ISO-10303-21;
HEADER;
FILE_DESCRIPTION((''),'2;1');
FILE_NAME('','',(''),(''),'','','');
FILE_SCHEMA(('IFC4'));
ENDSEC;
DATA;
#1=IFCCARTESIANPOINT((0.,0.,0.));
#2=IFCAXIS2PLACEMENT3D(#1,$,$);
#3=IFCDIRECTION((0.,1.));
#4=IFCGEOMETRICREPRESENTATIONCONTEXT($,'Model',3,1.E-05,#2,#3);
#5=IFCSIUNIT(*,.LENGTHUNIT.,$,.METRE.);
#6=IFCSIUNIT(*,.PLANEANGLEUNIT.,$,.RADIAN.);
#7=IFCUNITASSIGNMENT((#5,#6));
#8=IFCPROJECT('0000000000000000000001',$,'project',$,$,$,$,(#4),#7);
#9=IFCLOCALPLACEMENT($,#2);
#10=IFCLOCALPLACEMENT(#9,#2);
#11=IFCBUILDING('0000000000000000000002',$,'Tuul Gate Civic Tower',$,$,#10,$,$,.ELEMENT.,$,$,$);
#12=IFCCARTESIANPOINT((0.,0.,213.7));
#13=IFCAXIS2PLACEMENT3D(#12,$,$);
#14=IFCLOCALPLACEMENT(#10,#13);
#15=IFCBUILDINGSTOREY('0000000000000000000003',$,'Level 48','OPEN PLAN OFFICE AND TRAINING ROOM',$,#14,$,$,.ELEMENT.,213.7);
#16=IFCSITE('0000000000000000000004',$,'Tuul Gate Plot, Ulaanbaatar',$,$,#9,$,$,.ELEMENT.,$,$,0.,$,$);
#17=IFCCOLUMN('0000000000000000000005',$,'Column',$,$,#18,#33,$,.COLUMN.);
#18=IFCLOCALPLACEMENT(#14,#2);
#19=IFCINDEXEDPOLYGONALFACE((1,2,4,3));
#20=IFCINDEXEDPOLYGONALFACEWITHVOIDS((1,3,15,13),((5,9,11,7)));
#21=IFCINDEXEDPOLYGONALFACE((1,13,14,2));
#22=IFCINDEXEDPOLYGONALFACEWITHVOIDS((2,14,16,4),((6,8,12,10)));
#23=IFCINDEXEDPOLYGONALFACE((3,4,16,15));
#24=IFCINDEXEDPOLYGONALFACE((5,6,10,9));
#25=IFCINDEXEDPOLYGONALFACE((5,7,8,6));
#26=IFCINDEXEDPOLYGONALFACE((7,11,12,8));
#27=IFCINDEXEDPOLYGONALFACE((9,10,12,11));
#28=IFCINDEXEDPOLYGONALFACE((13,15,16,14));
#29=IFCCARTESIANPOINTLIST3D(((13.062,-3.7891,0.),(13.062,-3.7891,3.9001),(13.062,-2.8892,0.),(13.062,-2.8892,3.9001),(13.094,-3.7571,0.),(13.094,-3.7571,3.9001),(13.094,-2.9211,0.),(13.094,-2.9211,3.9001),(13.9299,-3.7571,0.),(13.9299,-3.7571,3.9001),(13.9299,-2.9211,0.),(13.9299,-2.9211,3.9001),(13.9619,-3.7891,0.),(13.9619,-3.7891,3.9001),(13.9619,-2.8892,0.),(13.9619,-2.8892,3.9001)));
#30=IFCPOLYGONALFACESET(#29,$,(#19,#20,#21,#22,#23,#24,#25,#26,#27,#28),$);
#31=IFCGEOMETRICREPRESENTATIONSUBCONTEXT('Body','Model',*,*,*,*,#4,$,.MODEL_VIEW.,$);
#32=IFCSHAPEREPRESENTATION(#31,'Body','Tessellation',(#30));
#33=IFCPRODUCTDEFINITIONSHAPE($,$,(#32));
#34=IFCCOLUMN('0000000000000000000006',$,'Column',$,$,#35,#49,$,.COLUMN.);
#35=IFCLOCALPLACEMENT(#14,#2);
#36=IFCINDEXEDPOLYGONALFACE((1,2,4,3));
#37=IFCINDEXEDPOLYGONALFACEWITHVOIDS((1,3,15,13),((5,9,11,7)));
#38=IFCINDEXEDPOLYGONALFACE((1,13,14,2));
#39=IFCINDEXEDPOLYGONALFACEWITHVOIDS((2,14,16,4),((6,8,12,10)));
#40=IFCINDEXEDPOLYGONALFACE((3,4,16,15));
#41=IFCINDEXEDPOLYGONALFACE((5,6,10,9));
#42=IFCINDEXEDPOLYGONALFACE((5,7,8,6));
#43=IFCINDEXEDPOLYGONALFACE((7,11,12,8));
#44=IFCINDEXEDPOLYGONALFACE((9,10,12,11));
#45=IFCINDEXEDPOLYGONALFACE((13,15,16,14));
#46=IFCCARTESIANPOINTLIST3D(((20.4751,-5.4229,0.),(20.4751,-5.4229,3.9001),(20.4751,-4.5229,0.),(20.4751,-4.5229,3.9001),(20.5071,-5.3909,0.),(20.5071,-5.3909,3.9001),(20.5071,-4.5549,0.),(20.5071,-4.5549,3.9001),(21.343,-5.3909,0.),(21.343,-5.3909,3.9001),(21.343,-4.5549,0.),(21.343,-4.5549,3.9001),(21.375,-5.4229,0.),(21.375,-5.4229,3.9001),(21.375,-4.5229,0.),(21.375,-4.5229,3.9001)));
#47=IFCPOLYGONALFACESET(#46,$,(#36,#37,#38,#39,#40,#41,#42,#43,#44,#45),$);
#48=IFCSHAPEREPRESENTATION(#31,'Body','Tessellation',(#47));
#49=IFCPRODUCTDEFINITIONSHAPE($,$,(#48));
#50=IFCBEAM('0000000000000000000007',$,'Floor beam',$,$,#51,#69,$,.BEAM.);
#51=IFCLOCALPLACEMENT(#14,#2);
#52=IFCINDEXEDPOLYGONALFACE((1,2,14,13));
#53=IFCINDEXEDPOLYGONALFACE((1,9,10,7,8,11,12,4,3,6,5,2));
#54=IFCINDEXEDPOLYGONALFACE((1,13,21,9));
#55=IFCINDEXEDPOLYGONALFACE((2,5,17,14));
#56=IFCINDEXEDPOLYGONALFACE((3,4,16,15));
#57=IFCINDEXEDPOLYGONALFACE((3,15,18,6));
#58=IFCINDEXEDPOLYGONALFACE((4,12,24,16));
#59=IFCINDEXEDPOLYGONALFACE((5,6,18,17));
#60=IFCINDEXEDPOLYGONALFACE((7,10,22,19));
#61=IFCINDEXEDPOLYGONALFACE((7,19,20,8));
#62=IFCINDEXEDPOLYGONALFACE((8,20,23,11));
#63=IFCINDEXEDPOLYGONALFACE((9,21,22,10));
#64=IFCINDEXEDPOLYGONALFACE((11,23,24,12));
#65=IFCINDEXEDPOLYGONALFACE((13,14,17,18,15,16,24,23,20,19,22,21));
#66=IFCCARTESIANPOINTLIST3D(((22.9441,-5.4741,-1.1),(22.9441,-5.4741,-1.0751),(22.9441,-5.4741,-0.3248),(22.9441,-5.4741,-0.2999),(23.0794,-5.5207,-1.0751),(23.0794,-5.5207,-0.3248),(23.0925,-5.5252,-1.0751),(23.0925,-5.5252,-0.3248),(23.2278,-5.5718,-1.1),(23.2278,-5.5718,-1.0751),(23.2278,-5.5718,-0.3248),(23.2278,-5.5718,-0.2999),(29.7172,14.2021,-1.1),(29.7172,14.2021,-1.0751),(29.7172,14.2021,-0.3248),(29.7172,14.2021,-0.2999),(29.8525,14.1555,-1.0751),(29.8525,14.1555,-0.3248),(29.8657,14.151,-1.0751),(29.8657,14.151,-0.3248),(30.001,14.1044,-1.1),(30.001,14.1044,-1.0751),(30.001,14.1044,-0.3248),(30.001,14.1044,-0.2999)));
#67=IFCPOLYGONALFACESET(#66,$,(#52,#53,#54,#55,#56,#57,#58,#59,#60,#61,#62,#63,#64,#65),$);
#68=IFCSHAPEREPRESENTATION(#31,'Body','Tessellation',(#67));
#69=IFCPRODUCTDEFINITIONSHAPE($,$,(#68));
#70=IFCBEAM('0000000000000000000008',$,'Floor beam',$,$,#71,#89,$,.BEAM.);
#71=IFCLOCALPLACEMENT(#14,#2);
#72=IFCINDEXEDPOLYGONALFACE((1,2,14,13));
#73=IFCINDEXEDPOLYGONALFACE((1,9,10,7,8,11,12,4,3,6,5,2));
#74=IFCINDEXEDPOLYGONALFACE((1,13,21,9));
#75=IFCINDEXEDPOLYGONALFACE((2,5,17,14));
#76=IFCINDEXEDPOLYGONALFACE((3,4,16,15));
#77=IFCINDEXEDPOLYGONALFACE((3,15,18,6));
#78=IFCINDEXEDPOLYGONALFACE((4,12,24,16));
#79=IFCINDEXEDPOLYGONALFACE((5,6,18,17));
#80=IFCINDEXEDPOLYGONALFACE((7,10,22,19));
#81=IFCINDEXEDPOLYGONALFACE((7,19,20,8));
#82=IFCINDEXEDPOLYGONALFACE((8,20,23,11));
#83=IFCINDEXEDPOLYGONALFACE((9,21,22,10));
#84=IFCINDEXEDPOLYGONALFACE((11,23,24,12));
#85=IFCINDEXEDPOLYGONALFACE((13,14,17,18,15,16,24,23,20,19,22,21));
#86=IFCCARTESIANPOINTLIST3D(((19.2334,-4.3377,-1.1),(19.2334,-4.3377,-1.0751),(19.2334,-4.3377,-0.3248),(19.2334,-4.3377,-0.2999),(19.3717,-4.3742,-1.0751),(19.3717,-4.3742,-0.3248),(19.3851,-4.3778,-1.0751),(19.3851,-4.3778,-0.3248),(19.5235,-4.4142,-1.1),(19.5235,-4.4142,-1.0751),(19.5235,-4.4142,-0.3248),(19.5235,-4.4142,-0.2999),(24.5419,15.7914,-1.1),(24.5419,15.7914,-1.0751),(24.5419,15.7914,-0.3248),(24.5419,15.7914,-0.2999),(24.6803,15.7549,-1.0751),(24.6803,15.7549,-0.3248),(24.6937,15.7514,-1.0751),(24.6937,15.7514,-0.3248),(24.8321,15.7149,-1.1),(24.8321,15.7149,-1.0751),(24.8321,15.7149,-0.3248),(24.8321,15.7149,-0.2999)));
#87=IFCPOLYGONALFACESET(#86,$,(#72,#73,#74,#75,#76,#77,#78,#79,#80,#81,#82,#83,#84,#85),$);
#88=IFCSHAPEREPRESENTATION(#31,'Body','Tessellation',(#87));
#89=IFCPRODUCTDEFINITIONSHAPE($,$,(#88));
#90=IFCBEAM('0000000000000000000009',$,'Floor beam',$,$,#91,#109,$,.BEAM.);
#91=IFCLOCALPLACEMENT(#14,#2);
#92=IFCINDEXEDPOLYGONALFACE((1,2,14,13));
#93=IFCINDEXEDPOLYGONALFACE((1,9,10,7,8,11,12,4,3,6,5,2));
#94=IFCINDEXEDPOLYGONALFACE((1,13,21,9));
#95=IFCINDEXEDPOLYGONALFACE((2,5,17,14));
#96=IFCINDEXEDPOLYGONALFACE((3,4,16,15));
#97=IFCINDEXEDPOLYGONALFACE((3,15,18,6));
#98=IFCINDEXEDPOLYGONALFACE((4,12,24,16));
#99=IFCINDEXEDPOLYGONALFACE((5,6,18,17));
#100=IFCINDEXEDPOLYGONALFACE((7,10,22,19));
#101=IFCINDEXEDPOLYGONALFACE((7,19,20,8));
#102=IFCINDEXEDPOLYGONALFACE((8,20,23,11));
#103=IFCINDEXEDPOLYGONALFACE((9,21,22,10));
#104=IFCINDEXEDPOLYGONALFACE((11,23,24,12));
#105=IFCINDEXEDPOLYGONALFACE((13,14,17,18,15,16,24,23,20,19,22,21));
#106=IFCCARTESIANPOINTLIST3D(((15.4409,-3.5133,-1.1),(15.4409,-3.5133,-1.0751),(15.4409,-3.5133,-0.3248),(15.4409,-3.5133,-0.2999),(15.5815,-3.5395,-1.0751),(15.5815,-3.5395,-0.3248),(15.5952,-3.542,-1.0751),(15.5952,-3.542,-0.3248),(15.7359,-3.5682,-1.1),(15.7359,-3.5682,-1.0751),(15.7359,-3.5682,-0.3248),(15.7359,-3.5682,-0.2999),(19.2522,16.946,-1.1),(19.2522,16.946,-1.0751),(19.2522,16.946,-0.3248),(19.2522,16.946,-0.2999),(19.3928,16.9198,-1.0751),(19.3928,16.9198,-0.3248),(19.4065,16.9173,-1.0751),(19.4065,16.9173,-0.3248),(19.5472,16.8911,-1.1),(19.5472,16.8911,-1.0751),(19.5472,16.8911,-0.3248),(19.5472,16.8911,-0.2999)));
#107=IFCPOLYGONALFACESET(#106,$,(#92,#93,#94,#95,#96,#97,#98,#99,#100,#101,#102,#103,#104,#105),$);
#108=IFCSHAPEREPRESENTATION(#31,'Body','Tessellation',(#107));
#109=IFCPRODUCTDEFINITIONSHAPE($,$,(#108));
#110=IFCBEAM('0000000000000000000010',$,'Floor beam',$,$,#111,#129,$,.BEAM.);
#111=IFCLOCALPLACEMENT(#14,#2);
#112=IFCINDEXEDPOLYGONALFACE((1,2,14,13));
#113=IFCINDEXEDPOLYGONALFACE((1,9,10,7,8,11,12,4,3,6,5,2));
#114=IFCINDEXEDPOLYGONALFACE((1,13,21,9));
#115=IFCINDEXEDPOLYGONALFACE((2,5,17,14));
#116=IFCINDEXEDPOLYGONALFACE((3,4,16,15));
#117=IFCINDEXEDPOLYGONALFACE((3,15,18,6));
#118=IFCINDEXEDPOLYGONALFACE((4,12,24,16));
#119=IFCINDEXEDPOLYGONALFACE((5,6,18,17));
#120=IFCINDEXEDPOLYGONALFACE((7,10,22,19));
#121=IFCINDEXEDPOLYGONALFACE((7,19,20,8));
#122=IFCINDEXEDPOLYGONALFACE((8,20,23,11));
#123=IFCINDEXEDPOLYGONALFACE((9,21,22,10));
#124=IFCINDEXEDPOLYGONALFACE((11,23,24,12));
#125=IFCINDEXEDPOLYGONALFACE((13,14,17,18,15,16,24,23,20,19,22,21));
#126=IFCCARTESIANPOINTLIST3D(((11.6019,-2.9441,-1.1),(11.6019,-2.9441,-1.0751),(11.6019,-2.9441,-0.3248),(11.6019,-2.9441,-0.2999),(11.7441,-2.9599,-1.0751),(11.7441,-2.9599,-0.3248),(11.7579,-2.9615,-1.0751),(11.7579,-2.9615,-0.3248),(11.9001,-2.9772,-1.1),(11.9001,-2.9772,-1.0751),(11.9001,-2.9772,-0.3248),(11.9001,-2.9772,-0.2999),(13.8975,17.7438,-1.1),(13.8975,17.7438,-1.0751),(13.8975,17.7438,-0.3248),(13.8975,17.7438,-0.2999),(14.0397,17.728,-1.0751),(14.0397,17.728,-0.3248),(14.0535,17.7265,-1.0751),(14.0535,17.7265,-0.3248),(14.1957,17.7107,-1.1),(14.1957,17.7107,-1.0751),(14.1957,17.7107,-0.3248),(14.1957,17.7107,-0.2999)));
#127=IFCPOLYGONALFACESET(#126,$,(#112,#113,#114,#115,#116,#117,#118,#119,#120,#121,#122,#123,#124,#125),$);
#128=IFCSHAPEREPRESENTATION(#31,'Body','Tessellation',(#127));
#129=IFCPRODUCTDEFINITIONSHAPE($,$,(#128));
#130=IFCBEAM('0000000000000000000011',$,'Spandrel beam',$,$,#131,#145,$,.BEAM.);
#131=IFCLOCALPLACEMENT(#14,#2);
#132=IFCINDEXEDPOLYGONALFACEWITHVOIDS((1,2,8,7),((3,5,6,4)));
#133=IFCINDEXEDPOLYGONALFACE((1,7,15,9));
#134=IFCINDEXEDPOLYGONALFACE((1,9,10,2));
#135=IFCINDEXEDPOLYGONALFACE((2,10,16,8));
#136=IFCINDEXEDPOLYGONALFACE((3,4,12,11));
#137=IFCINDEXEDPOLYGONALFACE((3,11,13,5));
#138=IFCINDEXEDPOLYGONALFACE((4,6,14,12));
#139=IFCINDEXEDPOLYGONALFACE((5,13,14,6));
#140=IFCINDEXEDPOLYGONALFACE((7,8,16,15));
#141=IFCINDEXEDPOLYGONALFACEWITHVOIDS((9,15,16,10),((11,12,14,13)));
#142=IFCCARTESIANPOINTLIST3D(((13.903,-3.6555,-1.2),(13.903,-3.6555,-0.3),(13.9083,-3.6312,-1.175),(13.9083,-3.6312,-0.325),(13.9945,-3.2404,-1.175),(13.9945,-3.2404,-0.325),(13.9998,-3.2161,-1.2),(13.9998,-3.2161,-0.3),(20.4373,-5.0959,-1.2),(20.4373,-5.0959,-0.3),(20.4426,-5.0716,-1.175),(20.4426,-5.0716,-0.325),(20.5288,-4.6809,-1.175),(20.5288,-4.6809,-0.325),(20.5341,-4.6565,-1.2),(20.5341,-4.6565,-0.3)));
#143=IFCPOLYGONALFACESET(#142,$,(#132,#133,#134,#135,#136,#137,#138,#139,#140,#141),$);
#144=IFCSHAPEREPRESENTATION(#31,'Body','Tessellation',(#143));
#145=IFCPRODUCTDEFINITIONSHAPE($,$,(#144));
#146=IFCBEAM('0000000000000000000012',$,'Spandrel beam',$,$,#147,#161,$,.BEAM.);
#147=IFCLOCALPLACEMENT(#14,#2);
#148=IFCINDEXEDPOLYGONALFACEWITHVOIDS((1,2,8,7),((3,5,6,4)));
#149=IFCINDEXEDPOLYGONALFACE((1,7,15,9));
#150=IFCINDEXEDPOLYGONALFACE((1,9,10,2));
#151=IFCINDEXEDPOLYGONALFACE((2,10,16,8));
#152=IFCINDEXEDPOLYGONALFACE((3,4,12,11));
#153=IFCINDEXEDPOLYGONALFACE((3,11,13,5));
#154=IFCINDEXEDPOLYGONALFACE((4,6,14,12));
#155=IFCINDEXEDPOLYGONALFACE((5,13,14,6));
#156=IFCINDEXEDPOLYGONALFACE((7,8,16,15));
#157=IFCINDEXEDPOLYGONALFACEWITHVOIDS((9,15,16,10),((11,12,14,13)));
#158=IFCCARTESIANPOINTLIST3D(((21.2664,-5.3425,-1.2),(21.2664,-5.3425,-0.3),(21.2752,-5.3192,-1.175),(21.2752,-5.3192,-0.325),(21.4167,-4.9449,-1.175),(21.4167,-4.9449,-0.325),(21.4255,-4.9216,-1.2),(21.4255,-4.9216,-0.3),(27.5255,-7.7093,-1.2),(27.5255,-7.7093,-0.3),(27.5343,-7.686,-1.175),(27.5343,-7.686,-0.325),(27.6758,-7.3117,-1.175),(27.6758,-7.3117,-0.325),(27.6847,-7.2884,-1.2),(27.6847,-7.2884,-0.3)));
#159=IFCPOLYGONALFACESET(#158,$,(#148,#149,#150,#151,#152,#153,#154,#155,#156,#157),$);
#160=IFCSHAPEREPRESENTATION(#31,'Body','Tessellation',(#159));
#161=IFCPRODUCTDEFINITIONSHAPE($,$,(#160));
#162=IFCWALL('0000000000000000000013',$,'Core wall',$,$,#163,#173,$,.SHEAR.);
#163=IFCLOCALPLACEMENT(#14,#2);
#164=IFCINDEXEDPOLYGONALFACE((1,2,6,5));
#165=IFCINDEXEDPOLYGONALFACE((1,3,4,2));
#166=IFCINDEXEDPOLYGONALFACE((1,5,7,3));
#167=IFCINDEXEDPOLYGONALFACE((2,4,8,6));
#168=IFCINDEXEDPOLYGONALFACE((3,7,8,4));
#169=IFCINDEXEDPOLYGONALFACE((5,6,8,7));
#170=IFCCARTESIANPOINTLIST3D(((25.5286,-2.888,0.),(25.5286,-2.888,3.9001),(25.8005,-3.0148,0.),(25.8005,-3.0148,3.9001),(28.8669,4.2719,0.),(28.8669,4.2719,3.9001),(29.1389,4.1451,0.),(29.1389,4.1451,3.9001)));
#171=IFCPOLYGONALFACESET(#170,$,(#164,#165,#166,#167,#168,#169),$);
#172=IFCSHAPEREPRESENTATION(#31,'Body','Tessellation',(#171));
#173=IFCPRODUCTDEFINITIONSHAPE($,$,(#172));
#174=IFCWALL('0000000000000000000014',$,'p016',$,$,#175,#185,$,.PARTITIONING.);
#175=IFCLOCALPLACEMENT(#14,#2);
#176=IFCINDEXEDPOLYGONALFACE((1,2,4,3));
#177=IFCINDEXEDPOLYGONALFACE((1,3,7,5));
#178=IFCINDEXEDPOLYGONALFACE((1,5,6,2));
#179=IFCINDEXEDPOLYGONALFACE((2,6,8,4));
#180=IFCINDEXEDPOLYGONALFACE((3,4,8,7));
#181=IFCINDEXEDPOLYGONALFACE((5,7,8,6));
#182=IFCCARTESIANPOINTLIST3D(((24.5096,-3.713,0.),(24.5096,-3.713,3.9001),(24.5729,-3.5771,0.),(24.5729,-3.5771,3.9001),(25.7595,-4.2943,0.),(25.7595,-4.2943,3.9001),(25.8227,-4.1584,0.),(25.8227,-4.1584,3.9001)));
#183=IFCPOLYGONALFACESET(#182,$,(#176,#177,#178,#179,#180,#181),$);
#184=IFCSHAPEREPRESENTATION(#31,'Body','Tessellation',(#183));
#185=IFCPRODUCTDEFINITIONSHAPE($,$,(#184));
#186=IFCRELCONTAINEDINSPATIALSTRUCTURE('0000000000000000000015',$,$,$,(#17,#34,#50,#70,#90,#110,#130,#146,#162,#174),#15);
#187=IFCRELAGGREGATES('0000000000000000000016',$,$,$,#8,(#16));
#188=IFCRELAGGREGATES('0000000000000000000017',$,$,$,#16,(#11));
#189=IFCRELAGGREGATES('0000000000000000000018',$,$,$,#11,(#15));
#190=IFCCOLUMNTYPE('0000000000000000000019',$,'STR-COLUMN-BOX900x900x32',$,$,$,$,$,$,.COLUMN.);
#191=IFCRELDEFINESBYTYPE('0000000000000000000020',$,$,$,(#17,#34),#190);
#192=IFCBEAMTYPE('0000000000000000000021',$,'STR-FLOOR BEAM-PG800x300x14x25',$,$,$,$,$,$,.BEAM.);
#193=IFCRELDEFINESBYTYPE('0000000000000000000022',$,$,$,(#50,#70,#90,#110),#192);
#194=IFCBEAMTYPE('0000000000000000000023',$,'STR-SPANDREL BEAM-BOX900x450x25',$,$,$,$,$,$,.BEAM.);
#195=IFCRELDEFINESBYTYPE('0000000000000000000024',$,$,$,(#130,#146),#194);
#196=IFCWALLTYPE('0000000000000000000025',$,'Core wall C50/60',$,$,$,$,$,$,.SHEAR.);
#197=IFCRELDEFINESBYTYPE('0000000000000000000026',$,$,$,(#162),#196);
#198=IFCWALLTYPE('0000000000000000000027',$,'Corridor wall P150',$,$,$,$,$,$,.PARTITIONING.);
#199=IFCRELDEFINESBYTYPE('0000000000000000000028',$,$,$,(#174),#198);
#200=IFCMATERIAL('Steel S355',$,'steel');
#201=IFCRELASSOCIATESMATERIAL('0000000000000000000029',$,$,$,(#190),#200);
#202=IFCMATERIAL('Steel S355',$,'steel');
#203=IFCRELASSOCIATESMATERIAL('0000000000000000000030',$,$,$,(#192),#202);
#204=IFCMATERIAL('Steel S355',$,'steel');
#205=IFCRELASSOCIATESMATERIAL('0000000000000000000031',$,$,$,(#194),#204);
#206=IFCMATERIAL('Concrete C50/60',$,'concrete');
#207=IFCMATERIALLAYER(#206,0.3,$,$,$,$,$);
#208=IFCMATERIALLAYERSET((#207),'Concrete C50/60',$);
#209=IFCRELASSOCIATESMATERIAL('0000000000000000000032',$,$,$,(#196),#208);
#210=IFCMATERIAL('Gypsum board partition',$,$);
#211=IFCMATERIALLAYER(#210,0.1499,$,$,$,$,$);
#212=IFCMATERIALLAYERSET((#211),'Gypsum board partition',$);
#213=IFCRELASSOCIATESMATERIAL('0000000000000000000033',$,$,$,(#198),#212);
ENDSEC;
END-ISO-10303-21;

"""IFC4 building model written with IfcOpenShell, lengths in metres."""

from ifc_helpers import new_model, si_unit, direction, frame, frame_2d, origin, origin_2d, place, context, subcontext, project, spatial, rectangle, hollow_rectangle, i_section, extrude, material, layer, layer_set, material_profile, profile_set, type_object, element, save


model = new_model("IFC4")

# Units and contexts
model_context = context("Model", 3, precision=1e-05, world=origin(), true_north=direction((0.0, 1.0)))
body_context = subcontext(model_context, "Body", "Model", "MODEL_VIEW")
ifc_project = project(units=[si_unit("LENGTHUNIT", "METRE"), si_unit("PLANEANGLEUNIT", "RADIAN")], contexts=[model_context])

# Site, building, storey
site_placement = place(None, origin())
site = spatial("IfcSite", under=ifc_project, at=site_placement, Name="Tuul Gate Plot, Ulaanbaatar", CompositionType="ELEMENT", RefElevation=0.0)
building_placement = place(site_placement, origin())
building = spatial("IfcBuilding", under=site, at=building_placement, Name="Tuul Gate Civic Tower", CompositionType="ELEMENT")
storey_placement = place(building_placement, frame((0.0, 0.0, 213.7)))
storey = spatial("IfcBuildingStorey", under=building, at=storey_placement, Name="Level 48", Description="OPEN PLAN OFFICE AND TRAINING ROOM", CompositionType="ELEMENT", Elevation=213.7)

# Columns
ifc_material_1 = material(Name="Steel S355", Category="steel")
ifc_material_profile_1 = material_profile(ifc_material_1, hollow_rectangle(XDim=0.8999, YDim=0.8999, WallThickness=0.032, at=origin_2d()), Name="BOX900x900x32")
ifc_profile_set_1 = profile_set([ifc_material_profile_1], Name="Steel S355")
column_type = type_object("IfcColumnType", Name="STR-COLUMN-BOX900x900x32", PredefinedType="COLUMN", material=ifc_profile_set_1)
for number, where, z_axis, x_axis, name in (
    (1, (13.512, -3.3391, 0.0), (0.0, 0.0, 1.0), (1.0, 0.0, 0.0), "Column"),
    (2, (20.925, -4.9729, 0.0), (0.0, 0.0, 1.0), (1.0, 0.0, 0.0), "Column"),
):
    element("IfcColumn", number, at=place(storey_placement, frame(where, z_axis=z_axis, x_axis=x_axis)), inside=storey, type_object=column_type, Name=name, PredefinedType="COLUMN", context=body_context, shape_type="SweptSolid", body=[
        extrude(hollow_rectangle(XDim=0.8999, YDim=0.8999, WallThickness=0.032, at=origin_2d()), origin(), (0.0, 0.0, 1.0), 3.9001),
    ])

# Beams
ifc_material_2 = material(Name="Steel S355", Category="steel")
ifc_material_profile_2 = material_profile(ifc_material_2, i_section(OverallWidth=0.3, OverallDepth=0.8, WebThickness=0.0139, FlangeThickness=0.0249, at=origin_2d()), Name="PG800x300x14x25")
ifc_profile_set_2 = profile_set([ifc_material_profile_2], Name="Steel S355")
beam_type_1 = type_object("IfcBeamType", Name="STR-FLOOR BEAM-PG800x300x14x25", PredefinedType="BEAM", material=ifc_profile_set_2)
beam_1_placement = place(storey_placement, frame((23.0859, -5.5229, -0.7), z_axis=(0.325487, 0.945547, 0.0), x_axis=(-0.945547, 0.325487, 0.0)))
element("IfcBeam", 3, at=beam_1_placement, inside=storey, type_object=beam_type_1, Name="Floor beam", PredefinedType="BEAM", context=body_context, shape_type="SweptSolid", body=[
    extrude(i_section(OverallWidth=0.3, OverallDepth=0.8, WebThickness=0.0139, FlangeThickness=0.0249, at=origin_2d()), origin(), (0.0, 0.0, 1.0), 20.8093),
])
beam_2_placement = place(storey_placement, frame((19.3784, -4.376, -0.7), z_axis=(0.255008, 0.966939, 0.0), x_axis=(-0.966939, 0.255008, 0.0)))
element("IfcBeam", 4, at=beam_2_placement, inside=storey, type_object=beam_type_1, Name="Floor beam", PredefinedType="BEAM", context=body_context, shape_type="SweptSolid", body=[
    extrude(i_section(OverallWidth=0.3, OverallDepth=0.8, WebThickness=0.0139, FlangeThickness=0.0249, at=origin_2d()), origin(), (0.0, 0.0, 1.0), 20.8174),
])
beam_3_placement = place(storey_placement, frame((15.5884, -3.5408, -0.7), z_axis=(0.183136, 0.983088, 0.0), x_axis=(-0.983088, 0.183136, 0.0)))
element("IfcBeam", 5, at=beam_3_placement, inside=storey, type_object=beam_type_1, Name="Floor beam", PredefinedType="BEAM", context=body_context, shape_type="SweptSolid", body=[
    extrude(i_section(OverallWidth=0.3, OverallDepth=0.8, WebThickness=0.0139, FlangeThickness=0.0249, at=origin_2d()), origin(), (0.0, 0.0, 1.0), 20.8113),
])
beam_4_placement = place(storey_placement, frame((11.751, -2.9607, -0.7), z_axis=(0.110289, 0.9939, 0.0), x_axis=(-0.9939, 0.110289, 0.0)))
element("IfcBeam", 6, at=beam_4_placement, inside=storey, type_object=beam_type_1, Name="Floor beam", PredefinedType="BEAM", context=body_context, shape_type="SweptSolid", body=[
    extrude(i_section(OverallWidth=0.3, OverallDepth=0.8, WebThickness=0.0139, FlangeThickness=0.0249, at=origin_2d()), origin(), (0.0, 0.0, 1.0), 20.8149),
])
ifc_material_3 = material(Name="Steel S355", Category="steel")
ifc_material_profile_3 = material_profile(ifc_material_3, hollow_rectangle(XDim=0.45, YDim=0.8999, WallThickness=0.0249, at=origin_2d()), Name="BOX900x450x25")
ifc_profile_set_3 = profile_set([ifc_material_profile_3], Name="Steel S355")
beam_type_2 = type_object("IfcBeamType", Name="STR-SPANDREL BEAM-BOX900x450x25", PredefinedType="BEAM", material=ifc_profile_set_3)
beam_5_placement = place(storey_placement, frame((13.9514, -3.4358, -0.75), z_axis=(0.976553, -0.215277, 0.0), x_axis=(0.215277, 0.976553, 0.0)))
element("IfcBeam", 7, at=beam_5_placement, inside=storey, type_object=beam_type_2, Name="Spandrel beam", PredefinedType="BEAM", context=body_context, shape_type="SweptSolid", body=[
    extrude(hollow_rectangle(XDim=0.45, YDim=0.8999, WallThickness=0.0249, at=origin_2d()), origin(), (0.0, 0.0, 1.0), 6.6912),
])
beam_6_placement = place(storey_placement, frame((21.3459, -5.1321, -0.75), z_axis=(0.935365, -0.353685, 0.0), x_axis=(0.353685, 0.935365, 0.0)))
element("IfcBeam", 8, at=beam_6_placement, inside=storey, type_object=beam_type_2, Name="Spandrel beam", PredefinedType="BEAM", context=body_context, shape_type="SweptSolid", body=[
    extrude(hollow_rectangle(XDim=0.45, YDim=0.8999, WallThickness=0.0249, at=origin_2d()), origin(), (0.0, 0.0, 1.0), 6.6917),
])

# Walls
ifc_material_4 = material(Name="Concrete C50/60", Category="concrete")
ifc_layer_1 = layer(ifc_material_4, 0.3)
ifc_layer_set_1 = layer_set([ifc_layer_1], Name="Concrete C50/60")
wall_type_1 = type_object("IfcWallType", Name="Core wall C50/60", PredefinedType="SHEAR", material=ifc_layer_set_1)
wall_1_placement = place(storey_placement, frame((25.6646, -2.9514, 0.0), z_axis=(0.0, 0.0, 1.0), x_axis=(0.422583, 0.906324, 0.0)))
element("IfcWall", 9, at=wall_1_placement, inside=storey, type_object=wall_type_1, Name="Core wall", PredefinedType="SHEAR", context=body_context, shape_type="SweptSolid", body=[
    extrude(rectangle(XDim=7.8999, YDim=0.3, at=frame_2d((3.95, 0.0))), origin(), (0.0, 0.0, 1.0), 3.9001),
])
ifc_material_5 = material(Name="Gypsum board partition")
ifc_layer_2 = layer(ifc_material_5, 0.1499)
ifc_layer_set_2 = layer_set([ifc_layer_2], Name="Gypsum board partition")
wall_type_2 = type_object("IfcWallType", Name="Corridor wall P150", PredefinedType="PARTITIONING", material=ifc_layer_set_2)
wall_2_placement = place(storey_placement, frame((24.5413, -3.645, 0.0), z_axis=(0.0, 0.0, 1.0), x_axis=(0.906716, -0.421741, 0.0)))
element("IfcWall", 10, at=wall_2_placement, inside=storey, type_object=wall_type_2, Name="p016", PredefinedType="PARTITIONING", context=body_context, shape_type="SweptSolid", body=[
    extrude(rectangle(XDim=1.3784, YDim=0.1499, at=frame_2d((0.6892, 0.0))), origin(), (0.0, 0.0, 1.0), 3.9001),
])

save(model, "model.ifc")
